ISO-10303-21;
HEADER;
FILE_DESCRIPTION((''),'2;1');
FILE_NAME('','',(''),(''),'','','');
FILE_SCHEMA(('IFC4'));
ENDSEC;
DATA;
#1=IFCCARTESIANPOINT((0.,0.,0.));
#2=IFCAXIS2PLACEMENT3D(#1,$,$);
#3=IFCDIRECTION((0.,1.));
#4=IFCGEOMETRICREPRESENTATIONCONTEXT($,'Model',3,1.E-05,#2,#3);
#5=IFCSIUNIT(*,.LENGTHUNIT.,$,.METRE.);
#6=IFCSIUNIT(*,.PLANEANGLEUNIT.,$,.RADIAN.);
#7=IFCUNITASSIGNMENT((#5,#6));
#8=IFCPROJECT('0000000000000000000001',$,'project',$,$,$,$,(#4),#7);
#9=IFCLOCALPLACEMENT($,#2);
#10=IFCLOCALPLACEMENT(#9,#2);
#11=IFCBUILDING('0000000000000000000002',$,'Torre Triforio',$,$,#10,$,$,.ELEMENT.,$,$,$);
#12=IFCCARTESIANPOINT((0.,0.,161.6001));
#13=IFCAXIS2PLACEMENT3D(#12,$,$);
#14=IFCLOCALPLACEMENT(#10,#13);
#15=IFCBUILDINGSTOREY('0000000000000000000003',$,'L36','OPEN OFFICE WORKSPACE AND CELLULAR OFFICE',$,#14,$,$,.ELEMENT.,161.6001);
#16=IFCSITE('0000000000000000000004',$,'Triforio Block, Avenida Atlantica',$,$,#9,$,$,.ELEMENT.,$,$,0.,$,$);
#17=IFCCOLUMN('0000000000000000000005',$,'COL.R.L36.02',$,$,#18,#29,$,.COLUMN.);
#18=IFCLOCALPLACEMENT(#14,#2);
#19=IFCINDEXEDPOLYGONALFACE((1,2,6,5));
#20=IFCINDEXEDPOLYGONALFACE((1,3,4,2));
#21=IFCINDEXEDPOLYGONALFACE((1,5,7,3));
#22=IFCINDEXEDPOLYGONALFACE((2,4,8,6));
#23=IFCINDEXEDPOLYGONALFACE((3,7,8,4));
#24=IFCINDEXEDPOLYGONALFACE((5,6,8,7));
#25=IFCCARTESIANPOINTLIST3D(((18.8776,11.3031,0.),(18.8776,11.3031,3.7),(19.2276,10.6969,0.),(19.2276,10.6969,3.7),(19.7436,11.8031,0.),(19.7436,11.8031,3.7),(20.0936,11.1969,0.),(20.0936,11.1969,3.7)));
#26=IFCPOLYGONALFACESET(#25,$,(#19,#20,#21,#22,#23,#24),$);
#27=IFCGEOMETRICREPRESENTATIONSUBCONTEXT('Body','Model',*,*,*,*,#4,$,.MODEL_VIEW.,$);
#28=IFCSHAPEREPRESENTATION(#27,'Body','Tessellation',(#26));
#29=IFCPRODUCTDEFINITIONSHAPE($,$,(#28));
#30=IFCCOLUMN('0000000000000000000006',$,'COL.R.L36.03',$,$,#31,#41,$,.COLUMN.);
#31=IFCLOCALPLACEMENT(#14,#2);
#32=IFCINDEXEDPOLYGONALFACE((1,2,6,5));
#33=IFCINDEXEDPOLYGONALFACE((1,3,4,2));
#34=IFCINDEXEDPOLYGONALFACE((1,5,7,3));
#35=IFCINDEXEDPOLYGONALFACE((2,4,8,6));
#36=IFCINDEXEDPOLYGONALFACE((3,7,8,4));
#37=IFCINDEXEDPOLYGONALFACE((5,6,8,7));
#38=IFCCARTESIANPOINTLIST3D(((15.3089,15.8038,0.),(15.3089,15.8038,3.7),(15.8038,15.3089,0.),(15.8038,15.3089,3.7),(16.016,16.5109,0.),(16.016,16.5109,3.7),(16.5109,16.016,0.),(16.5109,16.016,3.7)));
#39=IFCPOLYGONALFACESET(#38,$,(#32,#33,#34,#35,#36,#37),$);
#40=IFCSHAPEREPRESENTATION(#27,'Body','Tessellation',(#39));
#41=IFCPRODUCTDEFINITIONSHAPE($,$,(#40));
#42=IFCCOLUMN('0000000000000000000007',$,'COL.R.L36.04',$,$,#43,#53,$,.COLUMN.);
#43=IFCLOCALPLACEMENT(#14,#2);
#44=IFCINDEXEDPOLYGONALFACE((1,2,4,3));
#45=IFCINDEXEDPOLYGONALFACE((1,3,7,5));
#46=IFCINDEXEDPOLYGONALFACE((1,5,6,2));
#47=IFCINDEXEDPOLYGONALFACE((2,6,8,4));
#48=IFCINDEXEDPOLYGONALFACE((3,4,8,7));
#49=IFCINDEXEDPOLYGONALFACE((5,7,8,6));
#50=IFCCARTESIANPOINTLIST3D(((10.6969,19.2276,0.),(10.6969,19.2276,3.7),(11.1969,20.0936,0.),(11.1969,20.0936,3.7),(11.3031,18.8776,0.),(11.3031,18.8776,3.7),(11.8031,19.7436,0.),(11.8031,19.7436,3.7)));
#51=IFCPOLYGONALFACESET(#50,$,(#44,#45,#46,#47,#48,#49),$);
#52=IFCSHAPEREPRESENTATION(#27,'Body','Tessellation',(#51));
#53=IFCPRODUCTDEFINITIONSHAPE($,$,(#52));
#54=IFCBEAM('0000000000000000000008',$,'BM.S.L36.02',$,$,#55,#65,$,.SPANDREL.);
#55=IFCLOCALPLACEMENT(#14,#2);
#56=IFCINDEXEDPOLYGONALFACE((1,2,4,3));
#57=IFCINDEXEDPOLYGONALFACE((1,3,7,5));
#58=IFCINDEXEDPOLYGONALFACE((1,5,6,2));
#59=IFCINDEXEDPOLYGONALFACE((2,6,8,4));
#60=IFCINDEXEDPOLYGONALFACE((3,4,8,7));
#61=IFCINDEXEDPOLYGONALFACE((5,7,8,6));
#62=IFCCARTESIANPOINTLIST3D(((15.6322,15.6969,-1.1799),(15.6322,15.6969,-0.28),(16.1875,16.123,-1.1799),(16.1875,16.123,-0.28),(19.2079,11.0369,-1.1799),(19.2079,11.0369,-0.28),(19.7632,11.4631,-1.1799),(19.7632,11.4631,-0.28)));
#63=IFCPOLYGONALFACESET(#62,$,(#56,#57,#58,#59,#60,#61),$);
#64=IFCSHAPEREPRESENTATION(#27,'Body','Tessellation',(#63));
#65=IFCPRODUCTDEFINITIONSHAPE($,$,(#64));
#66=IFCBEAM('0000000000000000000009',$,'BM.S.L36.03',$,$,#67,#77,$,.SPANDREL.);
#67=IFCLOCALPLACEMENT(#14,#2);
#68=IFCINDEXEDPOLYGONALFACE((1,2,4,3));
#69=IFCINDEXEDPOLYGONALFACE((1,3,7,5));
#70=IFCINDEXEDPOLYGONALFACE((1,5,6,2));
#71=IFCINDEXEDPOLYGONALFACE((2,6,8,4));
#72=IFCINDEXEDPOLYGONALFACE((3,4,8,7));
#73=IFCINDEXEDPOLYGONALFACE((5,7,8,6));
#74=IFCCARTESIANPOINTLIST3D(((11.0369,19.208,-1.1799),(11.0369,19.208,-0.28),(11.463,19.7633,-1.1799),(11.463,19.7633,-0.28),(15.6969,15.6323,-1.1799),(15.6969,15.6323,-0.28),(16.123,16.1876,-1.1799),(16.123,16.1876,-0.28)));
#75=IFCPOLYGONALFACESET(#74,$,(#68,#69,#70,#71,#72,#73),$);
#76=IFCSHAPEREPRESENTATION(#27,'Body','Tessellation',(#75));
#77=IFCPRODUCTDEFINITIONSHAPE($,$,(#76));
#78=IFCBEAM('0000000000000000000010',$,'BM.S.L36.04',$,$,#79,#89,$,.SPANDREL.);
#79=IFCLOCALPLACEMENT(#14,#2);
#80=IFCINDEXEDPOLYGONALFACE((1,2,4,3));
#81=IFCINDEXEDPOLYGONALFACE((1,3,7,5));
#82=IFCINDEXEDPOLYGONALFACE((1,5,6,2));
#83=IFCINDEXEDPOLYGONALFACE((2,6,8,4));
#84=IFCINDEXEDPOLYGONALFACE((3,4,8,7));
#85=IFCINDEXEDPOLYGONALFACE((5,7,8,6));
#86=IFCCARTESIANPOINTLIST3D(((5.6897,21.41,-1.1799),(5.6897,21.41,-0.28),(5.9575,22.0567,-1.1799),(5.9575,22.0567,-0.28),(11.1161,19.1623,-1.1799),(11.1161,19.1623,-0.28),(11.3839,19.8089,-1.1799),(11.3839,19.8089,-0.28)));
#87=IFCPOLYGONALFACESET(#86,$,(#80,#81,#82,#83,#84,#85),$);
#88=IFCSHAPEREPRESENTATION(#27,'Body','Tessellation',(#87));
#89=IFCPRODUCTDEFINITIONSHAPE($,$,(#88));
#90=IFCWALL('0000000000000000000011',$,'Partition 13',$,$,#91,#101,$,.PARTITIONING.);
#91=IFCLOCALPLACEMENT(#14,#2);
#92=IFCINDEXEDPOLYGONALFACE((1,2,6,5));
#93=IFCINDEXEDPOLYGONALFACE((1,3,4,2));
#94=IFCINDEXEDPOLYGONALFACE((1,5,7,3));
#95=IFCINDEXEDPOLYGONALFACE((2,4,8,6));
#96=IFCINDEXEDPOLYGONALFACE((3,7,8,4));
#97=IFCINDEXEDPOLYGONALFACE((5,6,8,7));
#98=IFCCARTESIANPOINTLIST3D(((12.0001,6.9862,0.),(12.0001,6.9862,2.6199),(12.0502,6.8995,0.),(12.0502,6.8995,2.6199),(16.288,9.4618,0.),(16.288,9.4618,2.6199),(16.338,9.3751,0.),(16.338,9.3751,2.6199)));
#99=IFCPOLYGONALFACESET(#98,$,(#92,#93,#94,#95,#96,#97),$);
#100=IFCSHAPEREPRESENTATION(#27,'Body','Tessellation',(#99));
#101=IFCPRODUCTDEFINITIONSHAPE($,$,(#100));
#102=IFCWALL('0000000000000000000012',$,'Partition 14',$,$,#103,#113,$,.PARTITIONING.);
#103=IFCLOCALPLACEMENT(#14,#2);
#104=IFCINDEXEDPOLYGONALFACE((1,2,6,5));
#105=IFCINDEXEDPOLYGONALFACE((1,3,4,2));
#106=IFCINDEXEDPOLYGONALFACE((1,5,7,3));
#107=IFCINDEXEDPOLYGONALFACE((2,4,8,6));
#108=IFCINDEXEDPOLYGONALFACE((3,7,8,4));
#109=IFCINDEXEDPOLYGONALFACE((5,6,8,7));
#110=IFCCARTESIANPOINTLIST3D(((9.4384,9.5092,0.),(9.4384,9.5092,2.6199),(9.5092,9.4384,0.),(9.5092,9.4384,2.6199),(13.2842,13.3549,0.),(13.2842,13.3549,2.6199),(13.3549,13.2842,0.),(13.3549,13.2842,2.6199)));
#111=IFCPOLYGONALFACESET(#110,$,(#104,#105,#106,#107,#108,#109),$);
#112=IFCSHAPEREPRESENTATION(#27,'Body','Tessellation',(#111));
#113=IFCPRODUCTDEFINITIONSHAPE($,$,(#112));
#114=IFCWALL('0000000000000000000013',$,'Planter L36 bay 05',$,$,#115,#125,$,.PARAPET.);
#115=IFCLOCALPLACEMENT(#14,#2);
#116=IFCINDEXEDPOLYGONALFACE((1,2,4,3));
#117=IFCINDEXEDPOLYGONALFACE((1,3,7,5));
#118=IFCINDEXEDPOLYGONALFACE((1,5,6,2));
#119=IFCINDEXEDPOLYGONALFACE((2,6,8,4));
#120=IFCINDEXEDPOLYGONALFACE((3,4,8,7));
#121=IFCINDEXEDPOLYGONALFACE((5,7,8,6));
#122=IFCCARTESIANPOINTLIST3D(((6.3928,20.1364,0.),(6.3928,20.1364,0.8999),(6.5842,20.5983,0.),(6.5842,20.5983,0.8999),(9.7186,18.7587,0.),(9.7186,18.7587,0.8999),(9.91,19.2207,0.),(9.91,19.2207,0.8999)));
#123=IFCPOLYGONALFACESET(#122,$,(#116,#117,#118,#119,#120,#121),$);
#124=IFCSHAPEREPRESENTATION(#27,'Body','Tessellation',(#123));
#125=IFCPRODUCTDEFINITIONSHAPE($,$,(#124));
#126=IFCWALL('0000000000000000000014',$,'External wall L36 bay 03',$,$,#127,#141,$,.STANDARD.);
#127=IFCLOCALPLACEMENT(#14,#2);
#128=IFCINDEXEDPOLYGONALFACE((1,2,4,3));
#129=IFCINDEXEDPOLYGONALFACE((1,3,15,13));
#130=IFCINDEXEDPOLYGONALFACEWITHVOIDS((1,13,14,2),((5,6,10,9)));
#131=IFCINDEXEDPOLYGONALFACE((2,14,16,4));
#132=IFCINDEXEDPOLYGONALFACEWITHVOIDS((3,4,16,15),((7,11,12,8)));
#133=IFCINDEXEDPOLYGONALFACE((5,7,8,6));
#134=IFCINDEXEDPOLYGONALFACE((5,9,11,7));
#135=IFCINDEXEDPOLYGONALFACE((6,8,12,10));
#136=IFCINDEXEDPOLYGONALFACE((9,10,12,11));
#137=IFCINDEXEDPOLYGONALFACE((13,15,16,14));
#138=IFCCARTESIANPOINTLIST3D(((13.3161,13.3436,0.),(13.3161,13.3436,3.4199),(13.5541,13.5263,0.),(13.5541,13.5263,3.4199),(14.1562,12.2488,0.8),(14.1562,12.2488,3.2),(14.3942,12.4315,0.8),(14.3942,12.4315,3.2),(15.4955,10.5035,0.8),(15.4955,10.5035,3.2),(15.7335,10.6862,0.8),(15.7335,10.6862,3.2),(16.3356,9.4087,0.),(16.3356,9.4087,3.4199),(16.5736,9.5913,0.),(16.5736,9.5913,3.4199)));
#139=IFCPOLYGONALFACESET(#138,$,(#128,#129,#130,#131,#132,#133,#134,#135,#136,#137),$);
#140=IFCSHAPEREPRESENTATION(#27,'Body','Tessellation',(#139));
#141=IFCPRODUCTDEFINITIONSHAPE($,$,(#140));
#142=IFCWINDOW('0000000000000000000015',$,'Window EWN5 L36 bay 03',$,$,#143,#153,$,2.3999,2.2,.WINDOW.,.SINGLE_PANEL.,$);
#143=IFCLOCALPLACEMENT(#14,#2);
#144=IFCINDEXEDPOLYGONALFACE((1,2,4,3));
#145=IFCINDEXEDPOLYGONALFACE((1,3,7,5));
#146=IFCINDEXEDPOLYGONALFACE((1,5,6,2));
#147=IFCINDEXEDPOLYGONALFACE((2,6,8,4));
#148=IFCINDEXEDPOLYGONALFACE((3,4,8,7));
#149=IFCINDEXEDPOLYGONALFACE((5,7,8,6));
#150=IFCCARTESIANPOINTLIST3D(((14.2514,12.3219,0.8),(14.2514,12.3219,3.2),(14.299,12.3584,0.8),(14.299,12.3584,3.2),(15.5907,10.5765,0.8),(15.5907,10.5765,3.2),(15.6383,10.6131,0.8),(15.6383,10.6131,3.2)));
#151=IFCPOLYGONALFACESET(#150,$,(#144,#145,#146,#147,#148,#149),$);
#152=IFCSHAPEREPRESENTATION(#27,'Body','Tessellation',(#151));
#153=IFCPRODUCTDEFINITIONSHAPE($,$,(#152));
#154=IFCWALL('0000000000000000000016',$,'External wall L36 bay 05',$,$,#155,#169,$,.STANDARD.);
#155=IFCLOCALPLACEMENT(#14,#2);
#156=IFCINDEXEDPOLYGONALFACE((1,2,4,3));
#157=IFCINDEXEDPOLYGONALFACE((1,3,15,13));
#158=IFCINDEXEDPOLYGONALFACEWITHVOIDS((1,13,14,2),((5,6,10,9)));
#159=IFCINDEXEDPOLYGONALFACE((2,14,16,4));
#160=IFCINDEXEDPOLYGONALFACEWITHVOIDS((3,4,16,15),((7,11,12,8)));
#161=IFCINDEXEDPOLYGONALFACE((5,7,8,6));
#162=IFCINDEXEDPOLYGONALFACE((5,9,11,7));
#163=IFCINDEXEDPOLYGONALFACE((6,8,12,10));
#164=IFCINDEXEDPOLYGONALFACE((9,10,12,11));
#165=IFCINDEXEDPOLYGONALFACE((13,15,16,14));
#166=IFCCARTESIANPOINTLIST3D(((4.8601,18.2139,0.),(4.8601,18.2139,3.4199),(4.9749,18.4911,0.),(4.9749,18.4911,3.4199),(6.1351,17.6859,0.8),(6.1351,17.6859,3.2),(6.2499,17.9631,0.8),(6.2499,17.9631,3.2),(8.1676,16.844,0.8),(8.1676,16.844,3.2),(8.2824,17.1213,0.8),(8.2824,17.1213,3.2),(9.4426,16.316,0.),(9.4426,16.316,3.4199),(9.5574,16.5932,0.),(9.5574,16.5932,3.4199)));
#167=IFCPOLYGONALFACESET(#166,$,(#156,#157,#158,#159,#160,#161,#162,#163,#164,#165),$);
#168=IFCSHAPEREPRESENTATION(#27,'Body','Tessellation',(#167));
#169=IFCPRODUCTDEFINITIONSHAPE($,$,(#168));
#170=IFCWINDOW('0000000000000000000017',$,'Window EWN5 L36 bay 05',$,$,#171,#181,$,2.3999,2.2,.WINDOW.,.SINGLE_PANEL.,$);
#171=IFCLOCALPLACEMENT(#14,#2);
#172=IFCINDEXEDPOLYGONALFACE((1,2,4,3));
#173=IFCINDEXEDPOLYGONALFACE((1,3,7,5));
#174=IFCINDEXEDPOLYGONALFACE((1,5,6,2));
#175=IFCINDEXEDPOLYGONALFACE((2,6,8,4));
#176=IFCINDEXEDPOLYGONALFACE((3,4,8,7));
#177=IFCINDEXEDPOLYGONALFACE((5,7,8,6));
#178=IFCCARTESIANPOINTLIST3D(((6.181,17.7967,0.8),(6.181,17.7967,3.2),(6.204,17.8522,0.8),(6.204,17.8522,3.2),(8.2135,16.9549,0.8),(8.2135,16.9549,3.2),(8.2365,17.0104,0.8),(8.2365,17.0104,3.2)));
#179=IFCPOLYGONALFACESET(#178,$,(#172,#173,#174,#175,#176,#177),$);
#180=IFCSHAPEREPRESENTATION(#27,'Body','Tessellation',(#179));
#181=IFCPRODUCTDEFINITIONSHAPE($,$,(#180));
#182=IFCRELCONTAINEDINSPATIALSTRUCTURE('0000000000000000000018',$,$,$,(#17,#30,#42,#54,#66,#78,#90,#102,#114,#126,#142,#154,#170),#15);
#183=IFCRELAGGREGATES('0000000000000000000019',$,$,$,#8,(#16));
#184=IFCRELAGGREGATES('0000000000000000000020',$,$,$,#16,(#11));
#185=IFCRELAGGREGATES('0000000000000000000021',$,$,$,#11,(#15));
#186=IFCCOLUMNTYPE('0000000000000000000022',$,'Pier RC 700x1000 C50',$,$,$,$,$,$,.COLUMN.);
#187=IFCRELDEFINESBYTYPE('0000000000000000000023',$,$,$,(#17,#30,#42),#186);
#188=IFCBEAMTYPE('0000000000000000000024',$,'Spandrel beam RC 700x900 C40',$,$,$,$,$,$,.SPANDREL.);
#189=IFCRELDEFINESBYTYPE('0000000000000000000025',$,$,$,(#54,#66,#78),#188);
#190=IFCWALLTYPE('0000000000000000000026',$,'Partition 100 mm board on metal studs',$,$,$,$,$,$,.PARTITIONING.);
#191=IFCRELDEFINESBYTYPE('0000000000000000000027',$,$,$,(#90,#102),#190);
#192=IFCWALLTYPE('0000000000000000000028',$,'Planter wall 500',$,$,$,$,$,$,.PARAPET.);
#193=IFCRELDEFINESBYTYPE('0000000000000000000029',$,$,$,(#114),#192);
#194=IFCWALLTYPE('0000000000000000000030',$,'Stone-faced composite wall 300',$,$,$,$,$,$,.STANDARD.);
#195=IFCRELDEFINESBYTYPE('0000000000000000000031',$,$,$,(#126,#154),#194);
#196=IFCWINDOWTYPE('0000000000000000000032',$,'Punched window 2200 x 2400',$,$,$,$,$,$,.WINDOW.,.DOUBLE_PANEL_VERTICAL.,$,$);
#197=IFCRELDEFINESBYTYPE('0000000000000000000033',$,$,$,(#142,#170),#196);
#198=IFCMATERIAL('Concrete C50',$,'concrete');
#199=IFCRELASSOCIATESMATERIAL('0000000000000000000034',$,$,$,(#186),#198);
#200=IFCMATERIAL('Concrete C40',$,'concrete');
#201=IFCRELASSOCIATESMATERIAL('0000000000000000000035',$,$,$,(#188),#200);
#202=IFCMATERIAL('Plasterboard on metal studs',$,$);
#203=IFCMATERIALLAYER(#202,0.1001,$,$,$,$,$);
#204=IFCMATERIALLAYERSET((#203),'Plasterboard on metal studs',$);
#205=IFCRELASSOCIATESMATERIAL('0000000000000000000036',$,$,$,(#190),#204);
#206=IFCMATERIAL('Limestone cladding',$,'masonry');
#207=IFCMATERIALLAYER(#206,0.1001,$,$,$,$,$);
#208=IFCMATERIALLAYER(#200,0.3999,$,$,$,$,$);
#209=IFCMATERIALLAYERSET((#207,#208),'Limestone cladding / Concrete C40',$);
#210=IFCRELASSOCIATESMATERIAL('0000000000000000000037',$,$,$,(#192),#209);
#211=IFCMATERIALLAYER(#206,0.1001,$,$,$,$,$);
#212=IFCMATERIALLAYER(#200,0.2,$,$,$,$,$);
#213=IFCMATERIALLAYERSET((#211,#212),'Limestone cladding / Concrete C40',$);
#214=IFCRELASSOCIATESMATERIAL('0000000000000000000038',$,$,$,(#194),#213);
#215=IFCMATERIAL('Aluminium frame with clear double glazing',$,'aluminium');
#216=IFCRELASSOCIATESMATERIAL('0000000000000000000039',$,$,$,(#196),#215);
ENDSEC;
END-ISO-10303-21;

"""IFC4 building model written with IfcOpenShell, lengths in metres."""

from ifc_helpers import new_model, si_unit, direction, frame, frame_2d, origin, origin_2d, place, context, subcontext, project, spatial, rectangle, extrude, material, layer, layer_set, material_profile, profile_set, type_object, element, fill, save


model = new_model("IFC4")

# Units and contexts
model_context = context("Model", 3, precision=1e-05, world=origin(), true_north=direction((0.0, 1.0)))
body_context = subcontext(model_context, "Body", "Model", "MODEL_VIEW")
ifc_project = project(units=[si_unit("LENGTHUNIT", "METRE"), si_unit("PLANEANGLEUNIT", "RADIAN")], contexts=[model_context])

# Site, building, storey
site_placement = place(None, origin())
site = spatial("IfcSite", under=ifc_project, at=site_placement, Name="Triforio Block, Avenida Atlantica", CompositionType="ELEMENT", RefElevation=0.0)
building_placement = place(site_placement, origin())
building = spatial("IfcBuilding", under=site, at=building_placement, Name="Torre Triforio", CompositionType="ELEMENT")
storey_placement = place(building_placement, frame((0.0, 0.0, 161.6001)))
storey = spatial("IfcBuildingStorey", under=building, at=storey_placement, Name="L36", Description="OPEN OFFICE WORKSPACE AND CELLULAR OFFICE", CompositionType="ELEMENT", Elevation=161.6001)

# Columns
ifc_material_1 = material(Name="Concrete C50", Category="concrete")
ifc_material_profile_1 = material_profile(ifc_material_1, rectangle(XDim=0.7, YDim=1.0, at=origin_2d()), Name="RC 700x1000")
ifc_profile_set_1 = profile_set([ifc_material_profile_1], Name="Concrete C50")
column_type = type_object("IfcColumnType", Name="Pier RC 700x1000 C50", PredefinedType="COLUMN", material=ifc_profile_set_1)
for number, where, z_axis, x_axis, name in (
    (1, (19.4856, 11.25, 0.0), (0.0, 0.0, 1.0), (-0.5, 0.866025, 0.0), "COL.R.L36.02"),
    (2, (15.9099, 15.9099, 0.0), (0.0, 0.0, 1.0), (-0.707107, 0.707107, 0.0), "COL.R.L36.03"),
    (3, (11.25, 19.4856, 0.0), (0.0, 0.0, 1.0), (-0.866025, 0.5, 0.0), "COL.R.L36.04"),
):
    element("IfcColumn", number, at=place(storey_placement, frame(where, z_axis=z_axis, x_axis=x_axis)), inside=storey, type_object=column_type, Name=name, PredefinedType="COLUMN", context=body_context, shape_type="SweptSolid", body=[
        extrude(rectangle(XDim=0.7, YDim=1.0, at=origin_2d()), origin(), (0.0, 0.0, 1.0), 3.7),
    ])

# Beams
ifc_material_2 = material(Name="Concrete C40", Category="concrete")
ifc_material_profile_2 = material_profile(ifc_material_2, rectangle(XDim=0.7, YDim=0.8999, at=origin_2d()), Name="RC 700x900")
ifc_profile_set_2 = profile_set([ifc_material_profile_2], Name="Concrete C40")
beam_type = type_object("IfcBeamType", Name="Spandrel beam RC 700x900 C40", PredefinedType="SPANDREL", material=ifc_profile_set_2)
for number, where, z_axis, x_axis, name in (
    (4, (19.4856, 11.25, -0.73), (-0.608762, 0.793353, 0.0), (-0.793353, -0.608762, 0.0), "BM.S.L36.02"),
    (5, (15.9099, 15.9099, -0.73), (-0.793353, 0.608762, 0.0), (-0.608762, -0.793353, 0.0), "BM.S.L36.03"),
):
    element("IfcBeam", number, at=place(storey_placement, frame(where, z_axis=z_axis, x_axis=x_axis)), inside=storey, type_object=beam_type, Name=name, PredefinedType="SPANDREL", context=body_context, shape_type="SweptSolid", body=[
        extrude(rectangle(XDim=0.7, YDim=0.8999, at=origin_2d()), origin(), (0.0, 0.0, 1.0), 5.8738),
    ])
beam_placement = place(storey_placement, frame((11.25, 19.4856, -0.73), z_axis=(-0.923875, 0.382693, 0.0), x_axis=(-0.382693, -0.923875, 0.0)))
element("IfcBeam", 6, at=beam_placement, inside=storey, type_object=beam_type, Name="BM.S.L36.04", PredefinedType="SPANDREL", context=body_context, shape_type="SweptSolid", body=[
    extrude(rectangle(XDim=0.7, YDim=0.8999, at=origin_2d()), origin(), (0.0, 0.0, 1.0), 5.8735),
])

# Walls
ifc_material_3 = material(Name="Plasterboard on metal studs")
ifc_layer_1 = layer(ifc_material_3, 0.1001)
ifc_layer_set_1 = layer_set([ifc_layer_1], Name="Plasterboard on metal studs")
wall_type_1 = type_object("IfcWallType", Name="Partition 100 mm board on metal studs", PredefinedType="PARTITIONING", material=ifc_layer_set_1)
wall_1_placement = place(storey_placement, frame((12.0251, 6.9429, 0.0), z_axis=(0.0, 0.0, 1.0), x_axis=(0.866025, 0.5, 0.0)))
element("IfcWall", 7, at=wall_1_placement, inside=storey, type_object=wall_type_1, Name="Partition 13", PredefinedType="PARTITIONING", context=body_context, shape_type="SweptSolid", body=[
    extrude(rectangle(XDim=4.9512, YDim=0.1001, at=frame_2d((2.4756, 0.0))), origin(), (0.0, 0.0, 1.0), 2.6199),
])
wall_2_placement = place(storey_placement, frame((9.4739, 9.4739, 0.0), z_axis=(0.0, 0.0, 1.0), x_axis=(0.707107, 0.707107, 0.0)))
element("IfcWall", 8, at=wall_2_placement, inside=storey, type_object=wall_type_1, Name="Partition 14", PredefinedType="PARTITIONING", context=body_context, shape_type="SweptSolid", body=[
    extrude(rectangle(XDim=5.4387, YDim=0.1001, at=frame_2d((2.7192, 0.0))), origin(), (0.0, 0.0, 1.0), 2.6199),
])
ifc_material_4 = material(Name="Limestone cladding", Category="masonry")
ifc_layer_2 = layer(ifc_material_4, 0.1001)
ifc_layer_3 = layer(ifc_material_2, 0.3999)
ifc_layer_set_2 = layer_set([ifc_layer_2, ifc_layer_3], Name="Limestone cladding / Concrete C40")
wall_type_2 = type_object("IfcWallType", Name="Planter wall 500", PredefinedType="PARAPET", material=ifc_layer_set_2)
wall_3_placement = place(storey_placement, frame((9.8142, 18.9897, 0.0), z_axis=(0.0, 0.0, 1.0), x_axis=(-0.923875, 0.382693, 0.0)))
element("IfcWall", 9, at=wall_3_placement, inside=storey, type_object=wall_type_2, Name="Planter L36 bay 05", PredefinedType="PARAPET", context=body_context, shape_type="SweptSolid", body=[
    extrude(rectangle(XDim=3.5999, YDim=0.5, at=frame_2d((1.7998, 0.0))), origin(), (0.0, 0.0, 1.0), 0.8999),
])

# Wall, opening, window
ifc_layer_4 = layer(ifc_material_4, 0.1001)
ifc_layer_5 = layer(ifc_material_2, 0.2)
ifc_layer_set_3 = layer_set([ifc_layer_4, ifc_layer_5], Name="Limestone cladding / Concrete C40")
wall_type_3 = type_object("IfcWallType", Name="Stone-faced composite wall 300", PredefinedType="STANDARD", material=ifc_layer_set_3)
wall_4_placement = place(storey_placement, frame((16.4546, 9.5, 0.0), z_axis=(0.0, 0.0, 1.0), x_axis=(-0.608768, 0.793348, 0.0)))
wall_4 = element("IfcWall", 10, at=wall_4_placement, inside=storey, type_object=wall_type_3, Name="External wall L36 bay 03", PredefinedType="STANDARD", context=body_context, shape_type="SweptSolid", body=[
    extrude(rectangle(XDim=4.96, YDim=0.3, at=frame_2d((2.48, 0.0))), origin(), (0.0, 0.0, 1.0), 3.4199),
])
opening_1_placement = place(wall_4_placement, frame((1.3799, 0.0, 0.8)))
opening_1 = element("IfcOpeningElement", 11, at=opening_1_placement, cuts=wall_4, PredefinedType="OPENING", context=body_context, shape_type="SweptSolid", body=[
    extrude(rectangle(XDim=2.2, YDim=2.3999, at=frame_2d((1.1001, 1.2))), frame((0.0, 0.1599, 0.0), z_axis=(0.0, -1.0, 0.0), x_axis=(1.0, 0.0, 0.0)), (0.0, 0.0, 1.0), 0.3201),
])
ifc_material_5 = material(Name="Aluminium frame with clear double glazing", Category="aluminium")
window_type_1 = type_object("IfcWindowType", Name="Punched window 2200 x 2400", PartitioningType="DOUBLE_PANEL_VERTICAL", PredefinedType="WINDOW", material=ifc_material_5)
window_1_placement = place(opening_1_placement, origin())
window_1 = element("IfcWindow", 12, at=window_1_placement, inside=storey, type_object=window_type_1, Name="Window EWN5 L36 bay 03", OverallHeight=2.3999, OverallWidth=2.2, PartitioningType="SINGLE_PANEL", PredefinedType="WINDOW", context=body_context, shape_type="SweptSolid", body=[
    extrude(rectangle(XDim=2.2, YDim=2.3999, at=frame_2d((1.1001, 1.2))), frame((0.0, 0.03, 0.0), z_axis=(0.0, -1.0, 0.0), x_axis=(1.0, 0.0, 0.0)), (0.0, 0.0, 1.0), 0.0601),
])
fill(opening_1, window_1)

# Wall, opening, window
wall_5_placement = place(storey_placement, frame((9.5, 16.4546, 0.0), z_axis=(0.0, 0.0, 1.0), x_axis=(-0.923893, 0.38265, 0.0)))
wall_5 = element("IfcWall", 13, at=wall_5_placement, inside=storey, type_object=wall_type_3, Name="External wall L36 bay 05", PredefinedType="STANDARD", context=body_context, shape_type="SweptSolid", body=[
    extrude(rectangle(XDim=4.96, YDim=0.3, at=frame_2d((2.48, 0.0))), origin(), (0.0, 0.0, 1.0), 3.4199),
])
opening_2_placement = place(wall_5_placement, frame((1.3799, 0.0, 0.8)))
opening_2 = element("IfcOpeningElement", 14, at=opening_2_placement, cuts=wall_5, PredefinedType="OPENING", context=body_context, shape_type="SweptSolid", body=[
    extrude(rectangle(XDim=2.2, YDim=2.3999, at=frame_2d((1.1001, 1.2))), frame((0.0, 0.1599, 0.0), z_axis=(0.0, -1.0, 0.0), x_axis=(1.0, 0.0, 0.0)), (0.0, 0.0, 1.0), 0.3201),
])
window_2_placement = place(opening_2_placement, origin())
window_2 = element("IfcWindow", 15, at=window_2_placement, inside=storey, type_object=window_type_1, Name="Window EWN5 L36 bay 05", OverallHeight=2.3999, OverallWidth=2.2, PartitioningType="SINGLE_PANEL", PredefinedType="WINDOW", context=body_context, shape_type="SweptSolid", body=[
    extrude(rectangle(XDim=2.2, YDim=2.3999, at=frame_2d((1.1001, 1.2))), frame((0.0, 0.03, 0.0), z_axis=(0.0, -1.0, 0.0), x_axis=(1.0, 0.0, 0.0)), (0.0, 0.0, 1.0), 0.0601),
])
fill(opening_2, window_2)

save(model, "model.ifc")
